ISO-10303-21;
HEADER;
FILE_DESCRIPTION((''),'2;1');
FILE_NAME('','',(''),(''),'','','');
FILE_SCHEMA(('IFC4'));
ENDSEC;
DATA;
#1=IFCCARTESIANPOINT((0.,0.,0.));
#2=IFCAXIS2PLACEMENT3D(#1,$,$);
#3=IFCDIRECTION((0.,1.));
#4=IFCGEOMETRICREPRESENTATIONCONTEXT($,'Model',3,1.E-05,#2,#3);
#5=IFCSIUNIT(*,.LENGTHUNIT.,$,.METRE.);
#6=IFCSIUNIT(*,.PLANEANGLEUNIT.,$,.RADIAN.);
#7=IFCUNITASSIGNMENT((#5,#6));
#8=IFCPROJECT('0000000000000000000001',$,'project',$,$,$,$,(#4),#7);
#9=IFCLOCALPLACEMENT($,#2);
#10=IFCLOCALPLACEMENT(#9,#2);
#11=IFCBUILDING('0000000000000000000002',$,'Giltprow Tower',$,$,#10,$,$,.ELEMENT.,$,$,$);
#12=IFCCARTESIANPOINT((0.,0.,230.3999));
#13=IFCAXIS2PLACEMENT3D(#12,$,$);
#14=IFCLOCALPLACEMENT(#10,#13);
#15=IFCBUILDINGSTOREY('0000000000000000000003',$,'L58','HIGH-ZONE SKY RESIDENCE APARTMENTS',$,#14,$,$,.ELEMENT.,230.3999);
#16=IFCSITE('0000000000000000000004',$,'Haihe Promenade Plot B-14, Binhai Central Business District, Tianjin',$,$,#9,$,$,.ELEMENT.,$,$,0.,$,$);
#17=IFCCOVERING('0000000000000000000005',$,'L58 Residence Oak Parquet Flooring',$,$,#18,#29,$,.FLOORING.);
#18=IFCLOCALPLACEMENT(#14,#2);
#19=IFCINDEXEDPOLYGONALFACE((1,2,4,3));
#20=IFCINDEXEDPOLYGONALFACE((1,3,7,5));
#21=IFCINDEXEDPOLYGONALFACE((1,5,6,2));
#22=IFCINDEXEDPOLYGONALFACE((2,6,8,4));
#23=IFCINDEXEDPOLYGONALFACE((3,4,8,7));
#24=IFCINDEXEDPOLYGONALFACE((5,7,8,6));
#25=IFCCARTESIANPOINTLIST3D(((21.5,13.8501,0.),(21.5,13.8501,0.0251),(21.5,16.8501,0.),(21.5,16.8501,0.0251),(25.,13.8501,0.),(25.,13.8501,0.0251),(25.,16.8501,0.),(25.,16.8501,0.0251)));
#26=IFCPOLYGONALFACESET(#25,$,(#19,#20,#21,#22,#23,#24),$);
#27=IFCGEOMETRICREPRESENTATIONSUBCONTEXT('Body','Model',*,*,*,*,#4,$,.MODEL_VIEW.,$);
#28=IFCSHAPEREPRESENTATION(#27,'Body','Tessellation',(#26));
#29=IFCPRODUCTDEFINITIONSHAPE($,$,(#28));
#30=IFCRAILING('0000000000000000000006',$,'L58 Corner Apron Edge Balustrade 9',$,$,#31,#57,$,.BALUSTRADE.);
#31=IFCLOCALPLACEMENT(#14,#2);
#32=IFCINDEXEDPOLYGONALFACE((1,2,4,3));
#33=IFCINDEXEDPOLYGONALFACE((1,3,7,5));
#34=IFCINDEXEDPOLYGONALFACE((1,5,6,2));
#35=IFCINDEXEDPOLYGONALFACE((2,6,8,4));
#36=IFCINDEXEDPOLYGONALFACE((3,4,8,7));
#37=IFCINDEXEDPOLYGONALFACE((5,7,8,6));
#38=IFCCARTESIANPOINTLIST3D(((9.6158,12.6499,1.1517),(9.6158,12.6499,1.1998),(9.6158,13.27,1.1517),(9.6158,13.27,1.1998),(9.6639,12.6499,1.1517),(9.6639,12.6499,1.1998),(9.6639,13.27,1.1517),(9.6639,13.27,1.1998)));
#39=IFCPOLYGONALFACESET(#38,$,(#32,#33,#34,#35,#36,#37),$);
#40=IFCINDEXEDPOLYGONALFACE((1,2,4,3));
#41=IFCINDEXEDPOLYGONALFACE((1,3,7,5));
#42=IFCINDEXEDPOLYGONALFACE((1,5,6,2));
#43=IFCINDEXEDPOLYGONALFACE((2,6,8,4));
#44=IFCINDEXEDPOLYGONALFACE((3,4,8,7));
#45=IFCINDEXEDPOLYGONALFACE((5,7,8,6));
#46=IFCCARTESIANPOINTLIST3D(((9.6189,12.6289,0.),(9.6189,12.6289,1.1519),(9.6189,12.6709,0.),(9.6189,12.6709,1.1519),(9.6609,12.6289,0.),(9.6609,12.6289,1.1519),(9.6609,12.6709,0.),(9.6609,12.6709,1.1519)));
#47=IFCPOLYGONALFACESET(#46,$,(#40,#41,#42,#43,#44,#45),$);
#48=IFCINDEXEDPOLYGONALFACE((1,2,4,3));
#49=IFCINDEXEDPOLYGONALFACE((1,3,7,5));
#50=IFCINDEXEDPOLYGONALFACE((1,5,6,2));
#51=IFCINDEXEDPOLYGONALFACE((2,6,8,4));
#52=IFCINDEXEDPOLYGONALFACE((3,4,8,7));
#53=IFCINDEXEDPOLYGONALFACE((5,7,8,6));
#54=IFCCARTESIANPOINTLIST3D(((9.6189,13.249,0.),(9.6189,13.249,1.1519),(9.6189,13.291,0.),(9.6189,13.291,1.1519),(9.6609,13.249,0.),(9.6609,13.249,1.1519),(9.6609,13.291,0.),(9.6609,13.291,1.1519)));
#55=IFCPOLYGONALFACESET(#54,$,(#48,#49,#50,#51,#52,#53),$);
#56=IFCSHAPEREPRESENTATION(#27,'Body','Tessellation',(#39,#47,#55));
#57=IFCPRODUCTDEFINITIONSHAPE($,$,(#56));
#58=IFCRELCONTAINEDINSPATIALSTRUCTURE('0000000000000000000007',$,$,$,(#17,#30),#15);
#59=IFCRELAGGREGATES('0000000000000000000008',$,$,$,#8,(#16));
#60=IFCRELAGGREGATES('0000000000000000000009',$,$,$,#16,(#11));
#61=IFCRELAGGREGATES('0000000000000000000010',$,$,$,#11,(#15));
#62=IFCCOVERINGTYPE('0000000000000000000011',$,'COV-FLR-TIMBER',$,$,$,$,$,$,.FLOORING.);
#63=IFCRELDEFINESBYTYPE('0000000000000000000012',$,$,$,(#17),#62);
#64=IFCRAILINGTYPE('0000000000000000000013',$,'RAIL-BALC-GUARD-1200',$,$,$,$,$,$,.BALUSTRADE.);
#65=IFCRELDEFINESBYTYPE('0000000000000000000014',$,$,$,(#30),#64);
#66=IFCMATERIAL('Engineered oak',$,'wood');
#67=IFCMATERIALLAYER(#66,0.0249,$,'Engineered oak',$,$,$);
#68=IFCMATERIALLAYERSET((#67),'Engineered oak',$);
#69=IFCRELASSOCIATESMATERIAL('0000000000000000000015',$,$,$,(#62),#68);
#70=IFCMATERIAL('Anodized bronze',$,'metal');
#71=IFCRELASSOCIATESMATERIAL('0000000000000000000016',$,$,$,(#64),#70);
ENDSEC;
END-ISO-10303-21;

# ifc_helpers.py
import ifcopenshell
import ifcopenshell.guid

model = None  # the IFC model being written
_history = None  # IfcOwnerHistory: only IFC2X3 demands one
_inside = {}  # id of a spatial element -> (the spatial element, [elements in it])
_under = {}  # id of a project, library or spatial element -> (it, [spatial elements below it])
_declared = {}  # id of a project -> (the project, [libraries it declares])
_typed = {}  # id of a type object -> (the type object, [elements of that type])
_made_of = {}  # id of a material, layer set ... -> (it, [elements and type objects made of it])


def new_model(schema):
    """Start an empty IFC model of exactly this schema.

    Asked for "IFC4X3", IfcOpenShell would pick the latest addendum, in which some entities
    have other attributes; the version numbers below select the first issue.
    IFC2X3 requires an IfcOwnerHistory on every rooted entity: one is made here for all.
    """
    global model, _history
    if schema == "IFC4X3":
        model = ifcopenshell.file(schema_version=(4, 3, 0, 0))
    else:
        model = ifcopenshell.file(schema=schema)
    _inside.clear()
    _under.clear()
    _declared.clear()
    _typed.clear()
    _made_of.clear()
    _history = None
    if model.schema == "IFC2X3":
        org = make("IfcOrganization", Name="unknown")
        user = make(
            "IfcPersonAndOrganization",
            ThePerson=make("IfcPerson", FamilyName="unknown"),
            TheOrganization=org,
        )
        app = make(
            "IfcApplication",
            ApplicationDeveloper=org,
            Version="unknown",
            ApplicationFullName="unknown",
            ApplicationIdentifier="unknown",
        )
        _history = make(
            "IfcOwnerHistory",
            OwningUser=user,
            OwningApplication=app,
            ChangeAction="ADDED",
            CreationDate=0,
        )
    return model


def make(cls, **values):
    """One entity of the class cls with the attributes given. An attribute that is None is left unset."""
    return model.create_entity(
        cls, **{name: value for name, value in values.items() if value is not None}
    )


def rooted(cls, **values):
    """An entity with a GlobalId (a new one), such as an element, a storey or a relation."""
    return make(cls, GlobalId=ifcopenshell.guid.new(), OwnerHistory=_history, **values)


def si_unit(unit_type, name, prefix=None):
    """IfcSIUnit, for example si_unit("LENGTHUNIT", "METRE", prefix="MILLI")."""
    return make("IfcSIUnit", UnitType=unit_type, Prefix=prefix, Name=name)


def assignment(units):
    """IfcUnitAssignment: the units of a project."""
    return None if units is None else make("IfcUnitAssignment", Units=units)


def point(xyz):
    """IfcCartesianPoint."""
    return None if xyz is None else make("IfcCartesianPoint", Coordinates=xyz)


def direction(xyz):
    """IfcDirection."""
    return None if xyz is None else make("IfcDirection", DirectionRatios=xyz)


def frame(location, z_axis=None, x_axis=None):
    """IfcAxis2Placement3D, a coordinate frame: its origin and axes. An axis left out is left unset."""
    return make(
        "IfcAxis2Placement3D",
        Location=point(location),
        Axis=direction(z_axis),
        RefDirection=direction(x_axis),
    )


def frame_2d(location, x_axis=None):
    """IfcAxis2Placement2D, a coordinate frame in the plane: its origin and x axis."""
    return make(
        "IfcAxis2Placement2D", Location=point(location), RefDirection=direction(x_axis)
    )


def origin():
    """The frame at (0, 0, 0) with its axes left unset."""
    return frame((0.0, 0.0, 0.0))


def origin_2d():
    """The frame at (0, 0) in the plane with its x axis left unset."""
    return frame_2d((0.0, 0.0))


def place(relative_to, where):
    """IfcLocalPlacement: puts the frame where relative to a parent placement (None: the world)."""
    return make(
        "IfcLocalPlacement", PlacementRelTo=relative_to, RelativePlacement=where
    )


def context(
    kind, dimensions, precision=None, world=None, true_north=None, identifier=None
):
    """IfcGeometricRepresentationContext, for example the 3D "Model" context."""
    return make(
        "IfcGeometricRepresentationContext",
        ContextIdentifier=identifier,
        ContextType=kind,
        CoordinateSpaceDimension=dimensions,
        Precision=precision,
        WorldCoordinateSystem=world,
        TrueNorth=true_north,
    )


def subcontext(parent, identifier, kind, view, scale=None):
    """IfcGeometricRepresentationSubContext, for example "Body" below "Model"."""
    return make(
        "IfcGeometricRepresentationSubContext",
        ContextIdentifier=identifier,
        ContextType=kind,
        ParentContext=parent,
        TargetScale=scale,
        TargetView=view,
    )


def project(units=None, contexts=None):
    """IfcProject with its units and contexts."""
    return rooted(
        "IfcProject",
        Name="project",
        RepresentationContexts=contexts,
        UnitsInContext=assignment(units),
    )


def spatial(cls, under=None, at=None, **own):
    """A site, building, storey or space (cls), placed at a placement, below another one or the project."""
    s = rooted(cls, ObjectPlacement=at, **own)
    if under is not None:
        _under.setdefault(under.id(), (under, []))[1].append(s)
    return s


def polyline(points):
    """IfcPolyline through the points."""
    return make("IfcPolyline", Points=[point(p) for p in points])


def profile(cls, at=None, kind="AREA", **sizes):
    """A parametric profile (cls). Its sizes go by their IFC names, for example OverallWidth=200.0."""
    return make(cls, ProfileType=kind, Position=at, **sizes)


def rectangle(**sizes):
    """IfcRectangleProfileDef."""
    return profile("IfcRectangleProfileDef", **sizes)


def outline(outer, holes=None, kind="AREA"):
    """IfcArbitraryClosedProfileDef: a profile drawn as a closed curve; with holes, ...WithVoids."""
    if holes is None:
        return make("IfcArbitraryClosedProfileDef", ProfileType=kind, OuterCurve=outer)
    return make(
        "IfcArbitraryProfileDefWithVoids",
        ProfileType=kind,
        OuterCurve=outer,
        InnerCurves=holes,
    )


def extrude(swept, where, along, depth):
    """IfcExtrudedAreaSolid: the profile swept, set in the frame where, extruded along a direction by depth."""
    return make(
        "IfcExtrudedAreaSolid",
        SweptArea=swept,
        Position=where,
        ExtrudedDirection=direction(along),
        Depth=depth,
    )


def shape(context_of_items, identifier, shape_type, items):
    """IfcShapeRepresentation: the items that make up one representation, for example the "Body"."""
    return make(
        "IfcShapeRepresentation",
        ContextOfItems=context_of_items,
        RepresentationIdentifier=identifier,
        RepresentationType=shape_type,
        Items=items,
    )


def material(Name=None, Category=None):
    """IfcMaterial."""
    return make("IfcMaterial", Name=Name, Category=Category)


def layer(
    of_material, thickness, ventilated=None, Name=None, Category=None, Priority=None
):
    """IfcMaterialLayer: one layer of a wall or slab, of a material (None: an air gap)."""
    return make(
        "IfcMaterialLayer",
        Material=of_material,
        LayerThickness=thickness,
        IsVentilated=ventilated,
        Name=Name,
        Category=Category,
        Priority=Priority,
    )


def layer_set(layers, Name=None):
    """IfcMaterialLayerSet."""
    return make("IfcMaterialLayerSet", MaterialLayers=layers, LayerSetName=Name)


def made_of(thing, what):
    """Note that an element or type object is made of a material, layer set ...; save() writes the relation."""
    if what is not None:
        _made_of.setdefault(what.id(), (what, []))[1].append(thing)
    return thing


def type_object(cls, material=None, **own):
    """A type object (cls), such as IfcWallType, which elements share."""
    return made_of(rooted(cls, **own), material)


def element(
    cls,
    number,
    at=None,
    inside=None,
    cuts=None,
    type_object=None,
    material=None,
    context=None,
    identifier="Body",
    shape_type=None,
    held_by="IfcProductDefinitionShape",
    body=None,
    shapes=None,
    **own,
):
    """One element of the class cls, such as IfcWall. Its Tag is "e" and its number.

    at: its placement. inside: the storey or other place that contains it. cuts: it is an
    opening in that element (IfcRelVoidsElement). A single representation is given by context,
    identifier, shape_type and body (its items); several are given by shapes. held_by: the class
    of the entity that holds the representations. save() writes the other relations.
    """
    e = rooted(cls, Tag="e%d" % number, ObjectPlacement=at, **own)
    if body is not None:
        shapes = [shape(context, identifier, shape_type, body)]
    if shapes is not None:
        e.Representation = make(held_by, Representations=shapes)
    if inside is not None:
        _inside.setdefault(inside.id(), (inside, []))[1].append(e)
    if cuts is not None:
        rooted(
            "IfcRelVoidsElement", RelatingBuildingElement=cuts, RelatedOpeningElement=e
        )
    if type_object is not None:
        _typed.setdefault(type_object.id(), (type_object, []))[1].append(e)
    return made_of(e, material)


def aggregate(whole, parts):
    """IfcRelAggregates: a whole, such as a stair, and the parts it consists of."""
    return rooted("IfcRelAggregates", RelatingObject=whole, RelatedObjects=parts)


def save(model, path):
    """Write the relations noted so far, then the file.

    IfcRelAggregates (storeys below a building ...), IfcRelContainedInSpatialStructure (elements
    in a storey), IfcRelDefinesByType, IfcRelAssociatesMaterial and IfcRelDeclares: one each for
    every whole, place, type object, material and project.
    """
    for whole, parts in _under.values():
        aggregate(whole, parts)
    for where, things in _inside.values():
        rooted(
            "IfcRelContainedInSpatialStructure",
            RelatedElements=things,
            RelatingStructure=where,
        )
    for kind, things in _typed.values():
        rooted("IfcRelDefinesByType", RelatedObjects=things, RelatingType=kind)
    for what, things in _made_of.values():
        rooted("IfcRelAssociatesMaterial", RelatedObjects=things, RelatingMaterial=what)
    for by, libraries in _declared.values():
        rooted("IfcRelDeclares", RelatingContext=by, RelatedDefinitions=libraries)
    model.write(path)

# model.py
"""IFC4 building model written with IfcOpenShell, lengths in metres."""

from ifc_helpers import new_model, si_unit, direction, frame, origin, origin_2d, place, context, subcontext, project, spatial, polyline, rectangle, outline, extrude, material, layer, layer_set, type_object, element, save


model = new_model("IFC4")

# Units and contexts
model_context = context("Model", 3, precision=1e-05, world=origin(), true_north=direction((0.0, 1.0)))
body_context = subcontext(model_context, "Body", "Model", "MODEL_VIEW")
ifc_project = project(units=[si_unit("LENGTHUNIT", "METRE"), si_unit("PLANEANGLEUNIT", "RADIAN")], contexts=[model_context])

# Site, building, storey
site_placement = place(None, origin())
site = spatial("IfcSite", under=ifc_project, at=site_placement, Name="Haihe Promenade Plot B-14, Binhai Central Business District, Tianjin", CompositionType="ELEMENT", RefElevation=0.0)
building_placement = place(site_placement, origin())
building = spatial("IfcBuilding", under=site, at=building_placement, Name="Giltprow Tower", CompositionType="ELEMENT")
storey_placement = place(building_placement, frame((0.0, 0.0, 230.3999)))
storey = spatial("IfcBuildingStorey", under=building, at=storey_placement, Name="L58", Description="HIGH-ZONE SKY RESIDENCE APARTMENTS", CompositionType="ELEMENT", Elevation=230.3999)

# Shared definitions
ifc_material_1 = material(Name="Anodized bronze", Category="metal")

# Covering
ifc_material_2 = material(Name="Engineered oak", Category="wood")
ifc_layer_1 = layer(ifc_material_2, 0.0249, Name="Engineered oak")
ifc_layer_set_1 = layer_set([ifc_layer_1], Name="Engineered oak")
covering_type_1 = type_object("IfcCoveringType", Name="COV-FLR-TIMBER", PredefinedType="FLOORING", material=ifc_layer_set_1)
covering_1_placement = place(storey_placement, origin())
element("IfcCovering", 1, at=covering_1_placement, inside=storey, type_object=covering_type_1, Name="L58 Residence Oak Parquet Flooring", PredefinedType="FLOORING", context=body_context, shape_type="SweptSolid", body=[
    extrude(outline(polyline([(21.5, 13.8501), (25.0, 13.8501), (25.0, 16.8501), (21.5, 16.8501), (21.5, 13.8501)])), origin(), (0.0, 0.0, 1.0), 0.0251),
])

# Railing
railing_type = type_object("IfcRailingType", Name="RAIL-BALC-GUARD-1200", PredefinedType="BALUSTRADE", material=ifc_material_1)
railing_placement = place(storey_placement, frame((9.6399, 12.6499, 0.0)))
element("IfcRailing", 2, at=railing_placement, inside=storey, type_object=railing_type, Name="L58 Corner Apron Edge Balustrade 9", PredefinedType="BALUSTRADE", context=body_context, shape_type="SweptSolid", body=[
    extrude(rectangle(XDim=0.0481, YDim=0.0481, at=origin_2d()), frame((0.0, 0.0, 1.1758), z_axis=(0.0, 1.0, 0.0), x_axis=(-1.0, 0.0, 0.0)), (0.0, 0.0, 1.0), 0.6201),
    extrude(rectangle(XDim=0.042, YDim=0.042, at=origin_2d()), origin(), (0.0, 0.0, 1.0), 1.1519),
    extrude(rectangle(XDim=0.042, YDim=0.042, at=origin_2d()), frame((0.0, 0.6201, 0.0)), (0.0, 0.0, 1.0), 1.1519),
])

save(model, "model.ifc")
